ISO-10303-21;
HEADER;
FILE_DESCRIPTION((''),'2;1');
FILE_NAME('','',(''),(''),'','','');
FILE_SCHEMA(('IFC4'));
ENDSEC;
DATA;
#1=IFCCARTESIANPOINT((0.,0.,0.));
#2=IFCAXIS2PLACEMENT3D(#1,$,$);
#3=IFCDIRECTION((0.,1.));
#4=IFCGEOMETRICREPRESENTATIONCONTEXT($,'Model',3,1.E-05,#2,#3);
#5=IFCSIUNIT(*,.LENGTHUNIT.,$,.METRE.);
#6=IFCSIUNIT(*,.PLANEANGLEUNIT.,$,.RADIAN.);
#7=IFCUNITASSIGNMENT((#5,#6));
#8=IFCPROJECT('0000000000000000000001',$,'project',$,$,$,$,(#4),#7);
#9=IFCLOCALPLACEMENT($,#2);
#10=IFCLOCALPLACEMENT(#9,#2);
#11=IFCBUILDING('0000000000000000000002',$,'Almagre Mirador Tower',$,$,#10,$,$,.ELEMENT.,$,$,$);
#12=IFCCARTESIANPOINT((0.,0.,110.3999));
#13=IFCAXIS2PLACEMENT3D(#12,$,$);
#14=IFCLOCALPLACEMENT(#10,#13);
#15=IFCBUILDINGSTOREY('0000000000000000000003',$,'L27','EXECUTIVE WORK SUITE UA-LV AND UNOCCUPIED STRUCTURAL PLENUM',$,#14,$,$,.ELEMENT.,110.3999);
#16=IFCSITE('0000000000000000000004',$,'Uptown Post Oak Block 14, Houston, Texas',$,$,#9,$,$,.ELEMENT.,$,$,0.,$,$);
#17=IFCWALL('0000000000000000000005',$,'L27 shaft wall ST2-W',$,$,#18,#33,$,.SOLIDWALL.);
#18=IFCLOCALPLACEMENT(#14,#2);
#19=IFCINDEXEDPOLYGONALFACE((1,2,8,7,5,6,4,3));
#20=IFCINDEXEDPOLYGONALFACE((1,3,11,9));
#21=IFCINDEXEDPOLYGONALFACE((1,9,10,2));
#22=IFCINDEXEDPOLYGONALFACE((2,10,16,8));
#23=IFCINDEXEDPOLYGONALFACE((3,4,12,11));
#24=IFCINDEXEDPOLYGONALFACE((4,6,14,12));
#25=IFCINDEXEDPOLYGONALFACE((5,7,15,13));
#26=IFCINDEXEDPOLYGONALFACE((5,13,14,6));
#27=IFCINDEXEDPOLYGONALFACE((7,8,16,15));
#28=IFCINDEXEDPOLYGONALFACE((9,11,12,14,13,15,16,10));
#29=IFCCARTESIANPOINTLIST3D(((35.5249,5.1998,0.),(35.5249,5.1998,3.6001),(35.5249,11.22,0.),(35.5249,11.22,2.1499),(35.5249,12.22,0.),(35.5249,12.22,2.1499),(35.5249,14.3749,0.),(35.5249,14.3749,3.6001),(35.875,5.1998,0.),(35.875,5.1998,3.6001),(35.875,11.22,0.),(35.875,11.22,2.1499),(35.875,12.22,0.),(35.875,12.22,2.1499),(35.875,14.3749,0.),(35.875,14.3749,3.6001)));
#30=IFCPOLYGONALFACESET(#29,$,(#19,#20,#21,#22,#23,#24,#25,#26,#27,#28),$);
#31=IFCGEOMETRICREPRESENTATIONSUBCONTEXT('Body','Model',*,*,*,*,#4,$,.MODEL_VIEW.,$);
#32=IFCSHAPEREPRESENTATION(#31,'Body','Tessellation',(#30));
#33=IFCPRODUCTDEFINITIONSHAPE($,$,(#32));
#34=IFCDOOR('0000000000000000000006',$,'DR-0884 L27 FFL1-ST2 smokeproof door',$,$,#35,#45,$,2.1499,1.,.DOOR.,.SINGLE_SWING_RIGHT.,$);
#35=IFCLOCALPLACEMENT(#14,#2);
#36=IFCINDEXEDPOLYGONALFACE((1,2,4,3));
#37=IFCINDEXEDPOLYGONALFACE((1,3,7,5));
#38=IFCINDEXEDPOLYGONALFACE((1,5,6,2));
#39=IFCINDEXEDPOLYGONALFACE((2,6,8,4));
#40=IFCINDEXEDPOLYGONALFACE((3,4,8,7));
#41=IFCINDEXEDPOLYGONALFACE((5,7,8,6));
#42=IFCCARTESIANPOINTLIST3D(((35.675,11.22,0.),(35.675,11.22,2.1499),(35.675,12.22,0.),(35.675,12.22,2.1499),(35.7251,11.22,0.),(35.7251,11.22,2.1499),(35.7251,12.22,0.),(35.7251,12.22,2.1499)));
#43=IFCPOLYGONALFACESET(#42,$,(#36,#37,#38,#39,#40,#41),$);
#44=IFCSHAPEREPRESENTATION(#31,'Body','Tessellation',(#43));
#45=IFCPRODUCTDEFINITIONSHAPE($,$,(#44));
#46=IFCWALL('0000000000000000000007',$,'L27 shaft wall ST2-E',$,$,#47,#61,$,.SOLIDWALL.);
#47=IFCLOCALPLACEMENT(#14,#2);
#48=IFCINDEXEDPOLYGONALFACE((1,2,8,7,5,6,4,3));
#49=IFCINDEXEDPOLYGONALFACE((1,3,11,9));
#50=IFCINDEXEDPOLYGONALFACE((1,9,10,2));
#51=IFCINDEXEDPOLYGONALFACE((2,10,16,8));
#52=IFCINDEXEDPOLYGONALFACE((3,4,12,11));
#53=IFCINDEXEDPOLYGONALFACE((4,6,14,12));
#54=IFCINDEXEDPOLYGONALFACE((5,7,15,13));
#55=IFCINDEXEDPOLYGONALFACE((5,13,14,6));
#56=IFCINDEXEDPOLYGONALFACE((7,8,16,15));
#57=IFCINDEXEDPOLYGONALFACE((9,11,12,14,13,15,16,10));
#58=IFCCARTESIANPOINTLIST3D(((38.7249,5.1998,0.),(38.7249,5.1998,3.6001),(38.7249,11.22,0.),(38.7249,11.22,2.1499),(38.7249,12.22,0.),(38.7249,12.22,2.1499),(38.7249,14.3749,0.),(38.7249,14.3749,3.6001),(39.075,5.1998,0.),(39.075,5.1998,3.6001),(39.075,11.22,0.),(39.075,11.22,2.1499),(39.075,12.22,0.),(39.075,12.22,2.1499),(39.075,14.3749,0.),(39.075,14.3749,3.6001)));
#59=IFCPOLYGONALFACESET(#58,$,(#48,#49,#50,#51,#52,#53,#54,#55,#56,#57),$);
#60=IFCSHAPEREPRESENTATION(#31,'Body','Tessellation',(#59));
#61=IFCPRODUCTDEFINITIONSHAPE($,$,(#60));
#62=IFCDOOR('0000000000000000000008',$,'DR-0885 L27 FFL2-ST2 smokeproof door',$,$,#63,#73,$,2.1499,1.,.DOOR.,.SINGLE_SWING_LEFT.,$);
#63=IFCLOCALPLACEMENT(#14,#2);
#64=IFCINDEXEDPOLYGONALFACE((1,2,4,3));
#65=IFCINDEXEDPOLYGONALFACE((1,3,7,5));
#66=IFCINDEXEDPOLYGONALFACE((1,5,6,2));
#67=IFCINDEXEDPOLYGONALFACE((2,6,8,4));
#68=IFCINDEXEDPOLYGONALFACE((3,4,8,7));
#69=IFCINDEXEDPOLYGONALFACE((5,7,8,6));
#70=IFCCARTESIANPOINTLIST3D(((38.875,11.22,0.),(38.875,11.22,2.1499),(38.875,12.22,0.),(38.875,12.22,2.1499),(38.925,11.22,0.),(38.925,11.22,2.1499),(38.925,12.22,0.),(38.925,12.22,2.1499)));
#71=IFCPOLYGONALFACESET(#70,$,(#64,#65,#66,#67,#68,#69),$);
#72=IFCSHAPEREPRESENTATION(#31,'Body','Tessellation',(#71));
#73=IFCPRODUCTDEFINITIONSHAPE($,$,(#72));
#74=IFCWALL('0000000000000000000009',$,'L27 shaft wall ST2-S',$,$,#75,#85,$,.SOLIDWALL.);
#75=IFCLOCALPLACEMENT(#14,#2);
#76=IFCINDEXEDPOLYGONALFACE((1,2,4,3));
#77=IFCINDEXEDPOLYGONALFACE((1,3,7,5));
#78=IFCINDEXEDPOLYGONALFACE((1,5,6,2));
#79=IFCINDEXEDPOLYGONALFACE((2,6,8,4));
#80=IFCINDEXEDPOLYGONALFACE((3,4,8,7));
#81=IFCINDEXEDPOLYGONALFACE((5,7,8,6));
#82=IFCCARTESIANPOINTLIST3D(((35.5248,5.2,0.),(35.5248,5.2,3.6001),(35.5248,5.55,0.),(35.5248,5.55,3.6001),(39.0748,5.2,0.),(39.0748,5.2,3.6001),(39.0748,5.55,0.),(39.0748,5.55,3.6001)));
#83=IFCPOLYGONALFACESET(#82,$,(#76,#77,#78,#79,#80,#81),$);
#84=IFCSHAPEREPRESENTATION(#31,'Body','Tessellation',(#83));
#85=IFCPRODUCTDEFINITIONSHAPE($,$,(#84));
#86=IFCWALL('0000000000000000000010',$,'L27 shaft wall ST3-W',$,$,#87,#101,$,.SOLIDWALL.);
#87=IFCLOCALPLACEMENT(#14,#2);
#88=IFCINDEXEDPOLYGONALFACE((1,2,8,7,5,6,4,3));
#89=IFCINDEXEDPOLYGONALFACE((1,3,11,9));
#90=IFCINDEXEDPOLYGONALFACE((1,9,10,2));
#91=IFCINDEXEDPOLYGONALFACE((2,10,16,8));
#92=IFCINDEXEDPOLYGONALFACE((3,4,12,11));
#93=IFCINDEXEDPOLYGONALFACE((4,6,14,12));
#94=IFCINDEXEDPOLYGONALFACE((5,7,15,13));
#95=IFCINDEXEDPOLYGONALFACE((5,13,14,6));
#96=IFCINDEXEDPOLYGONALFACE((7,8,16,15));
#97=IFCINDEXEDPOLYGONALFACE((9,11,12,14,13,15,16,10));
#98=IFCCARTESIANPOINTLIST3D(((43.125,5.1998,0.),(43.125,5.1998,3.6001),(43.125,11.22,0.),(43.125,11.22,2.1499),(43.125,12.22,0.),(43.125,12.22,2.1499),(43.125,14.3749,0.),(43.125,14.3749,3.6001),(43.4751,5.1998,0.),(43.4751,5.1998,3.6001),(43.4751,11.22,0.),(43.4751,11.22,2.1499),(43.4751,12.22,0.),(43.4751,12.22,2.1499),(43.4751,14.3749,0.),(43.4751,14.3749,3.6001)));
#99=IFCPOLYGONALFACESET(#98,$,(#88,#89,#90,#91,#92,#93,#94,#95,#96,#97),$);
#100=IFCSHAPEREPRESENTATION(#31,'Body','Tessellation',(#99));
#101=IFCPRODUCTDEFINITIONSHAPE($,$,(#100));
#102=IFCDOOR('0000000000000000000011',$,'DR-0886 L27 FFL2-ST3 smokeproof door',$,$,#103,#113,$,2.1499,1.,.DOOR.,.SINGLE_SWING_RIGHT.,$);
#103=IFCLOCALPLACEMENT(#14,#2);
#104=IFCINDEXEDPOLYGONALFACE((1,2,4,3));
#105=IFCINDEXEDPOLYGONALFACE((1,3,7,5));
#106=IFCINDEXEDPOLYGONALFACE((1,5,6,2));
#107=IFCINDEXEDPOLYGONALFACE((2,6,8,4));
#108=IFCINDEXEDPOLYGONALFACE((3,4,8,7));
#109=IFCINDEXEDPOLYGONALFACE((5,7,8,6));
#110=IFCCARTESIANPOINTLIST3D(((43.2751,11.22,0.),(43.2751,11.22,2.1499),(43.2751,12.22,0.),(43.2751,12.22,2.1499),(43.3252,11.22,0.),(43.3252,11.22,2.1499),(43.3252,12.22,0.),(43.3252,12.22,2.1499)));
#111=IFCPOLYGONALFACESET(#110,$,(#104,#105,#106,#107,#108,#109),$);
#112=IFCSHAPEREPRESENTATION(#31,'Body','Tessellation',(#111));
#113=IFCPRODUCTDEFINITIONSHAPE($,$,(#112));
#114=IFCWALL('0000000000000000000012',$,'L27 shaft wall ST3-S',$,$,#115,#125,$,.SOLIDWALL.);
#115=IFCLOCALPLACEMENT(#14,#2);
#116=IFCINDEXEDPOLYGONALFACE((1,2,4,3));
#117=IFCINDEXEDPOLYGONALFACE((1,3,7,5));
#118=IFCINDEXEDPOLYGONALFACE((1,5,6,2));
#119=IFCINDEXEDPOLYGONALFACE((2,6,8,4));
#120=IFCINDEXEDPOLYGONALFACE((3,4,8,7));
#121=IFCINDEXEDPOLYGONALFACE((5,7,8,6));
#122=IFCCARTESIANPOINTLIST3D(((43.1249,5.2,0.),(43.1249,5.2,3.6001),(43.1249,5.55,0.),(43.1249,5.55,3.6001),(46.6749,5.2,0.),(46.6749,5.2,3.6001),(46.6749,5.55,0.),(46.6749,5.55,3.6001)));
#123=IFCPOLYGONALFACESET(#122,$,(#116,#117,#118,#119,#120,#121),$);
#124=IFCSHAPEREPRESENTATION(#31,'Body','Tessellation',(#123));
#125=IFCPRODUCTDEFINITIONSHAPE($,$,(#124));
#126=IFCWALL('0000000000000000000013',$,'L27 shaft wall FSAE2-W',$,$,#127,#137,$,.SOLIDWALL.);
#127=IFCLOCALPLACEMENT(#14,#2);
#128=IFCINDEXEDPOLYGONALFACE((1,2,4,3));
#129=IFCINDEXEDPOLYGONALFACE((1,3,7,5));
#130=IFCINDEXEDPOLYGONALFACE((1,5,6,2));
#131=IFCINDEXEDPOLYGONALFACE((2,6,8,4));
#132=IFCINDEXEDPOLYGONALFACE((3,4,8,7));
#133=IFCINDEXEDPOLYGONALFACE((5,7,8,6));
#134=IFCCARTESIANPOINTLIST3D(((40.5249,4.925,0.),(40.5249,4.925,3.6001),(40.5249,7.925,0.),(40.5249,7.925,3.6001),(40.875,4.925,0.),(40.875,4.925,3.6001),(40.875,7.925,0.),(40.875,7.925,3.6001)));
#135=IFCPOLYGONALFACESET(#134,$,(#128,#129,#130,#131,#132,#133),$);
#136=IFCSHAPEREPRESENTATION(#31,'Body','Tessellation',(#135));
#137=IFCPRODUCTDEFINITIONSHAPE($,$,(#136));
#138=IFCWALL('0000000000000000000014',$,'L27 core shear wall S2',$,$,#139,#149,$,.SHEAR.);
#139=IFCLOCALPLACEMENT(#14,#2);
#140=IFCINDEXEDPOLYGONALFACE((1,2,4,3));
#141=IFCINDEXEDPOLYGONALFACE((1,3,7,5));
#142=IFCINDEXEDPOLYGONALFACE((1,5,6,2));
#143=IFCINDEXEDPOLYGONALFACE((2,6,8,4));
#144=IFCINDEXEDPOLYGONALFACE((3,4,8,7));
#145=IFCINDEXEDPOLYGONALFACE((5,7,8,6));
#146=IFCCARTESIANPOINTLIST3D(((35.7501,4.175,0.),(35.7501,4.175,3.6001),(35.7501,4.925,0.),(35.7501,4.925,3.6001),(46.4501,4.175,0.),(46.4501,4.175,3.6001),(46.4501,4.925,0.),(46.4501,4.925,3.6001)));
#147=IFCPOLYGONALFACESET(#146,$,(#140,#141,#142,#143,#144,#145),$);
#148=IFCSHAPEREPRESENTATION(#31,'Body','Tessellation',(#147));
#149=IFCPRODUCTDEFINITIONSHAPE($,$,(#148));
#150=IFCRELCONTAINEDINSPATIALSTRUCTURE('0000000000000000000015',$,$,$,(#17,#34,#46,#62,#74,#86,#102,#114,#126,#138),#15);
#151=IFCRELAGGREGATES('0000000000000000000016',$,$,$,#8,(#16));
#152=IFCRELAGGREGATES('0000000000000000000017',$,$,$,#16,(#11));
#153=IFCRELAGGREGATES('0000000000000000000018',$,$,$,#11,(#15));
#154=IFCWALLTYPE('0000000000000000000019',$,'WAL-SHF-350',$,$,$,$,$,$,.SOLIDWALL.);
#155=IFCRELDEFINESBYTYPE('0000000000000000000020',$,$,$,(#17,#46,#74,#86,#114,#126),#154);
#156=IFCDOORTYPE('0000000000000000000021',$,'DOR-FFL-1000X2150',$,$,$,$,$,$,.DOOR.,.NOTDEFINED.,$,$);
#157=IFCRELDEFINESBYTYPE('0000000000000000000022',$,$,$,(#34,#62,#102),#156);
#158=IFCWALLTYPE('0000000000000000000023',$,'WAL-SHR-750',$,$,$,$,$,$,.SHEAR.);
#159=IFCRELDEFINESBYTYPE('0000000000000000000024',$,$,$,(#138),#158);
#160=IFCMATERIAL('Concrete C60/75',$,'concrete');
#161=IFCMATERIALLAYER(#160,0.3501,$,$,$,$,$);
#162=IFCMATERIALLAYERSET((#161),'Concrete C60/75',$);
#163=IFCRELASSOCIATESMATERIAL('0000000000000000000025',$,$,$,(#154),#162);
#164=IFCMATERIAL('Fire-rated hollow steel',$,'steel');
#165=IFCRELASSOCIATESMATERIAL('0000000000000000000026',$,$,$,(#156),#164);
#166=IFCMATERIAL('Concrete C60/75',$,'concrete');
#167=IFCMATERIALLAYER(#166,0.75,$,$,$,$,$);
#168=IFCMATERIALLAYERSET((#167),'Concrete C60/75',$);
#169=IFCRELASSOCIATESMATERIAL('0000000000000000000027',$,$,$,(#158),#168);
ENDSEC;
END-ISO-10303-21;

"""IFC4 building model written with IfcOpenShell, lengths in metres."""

from ifc_helpers import new_model, si_unit, direction, frame, frame_2d, origin, place, context, subcontext, project, spatial, rectangle, extrude, material, layer, layer_set, type_object, element, fill, save


model = new_model("IFC4")

# Units and contexts
model_context = context("Model", 3, precision=1e-05, world=origin(), true_north=direction((0.0, 1.0)))
body_context = subcontext(model_context, "Body", "Model", "MODEL_VIEW")
ifc_project = project(units=[si_unit("LENGTHUNIT", "METRE"), si_unit("PLANEANGLEUNIT", "RADIAN")], contexts=[model_context])

# Site, building, storey
site_placement = place(None, origin())
site = spatial("IfcSite", under=ifc_project, at=site_placement, Name="Uptown Post Oak Block 14, Houston, Texas", CompositionType="ELEMENT", RefElevation=0.0)
building_placement = place(site_placement, origin())
building = spatial("IfcBuilding", under=site, at=building_placement, Name="Almagre Mirador Tower", CompositionType="ELEMENT")
storey_placement = place(building_placement, frame((0.0, 0.0, 110.3999)))
storey = spatial("IfcBuildingStorey", under=building, at=storey_placement, Name="L27", Description="EXECUTIVE WORK SUITE UA-LV AND UNOCCUPIED STRUCTURAL PLENUM", CompositionType="ELEMENT", Elevation=110.3999)

# Walls, openings, doors
ifc_material_1 = material(Name="Concrete C60/75", Category="concrete")
ifc_layer_1 = layer(ifc_material_1, 0.3501)
ifc_layer_set_1 = layer_set([ifc_layer_1], Name="Concrete C60/75")
wall_type_1 = type_object("IfcWallType", Name="WAL-SHF-350", PredefinedType="SOLIDWALL", material=ifc_layer_set_1)
wall_1_placement = place(storey_placement, frame((35.7, 5.2, 0.0), z_axis=(0.0, 0.0, 1.0), x_axis=(0.0, 1.0, 0.0)))
wall_1 = element("IfcWall", 1, at=wall_1_placement, inside=storey, type_object=wall_type_1, Name="L27 shaft wall ST2-W", PredefinedType="SOLIDWALL", context=body_context, shape_type="SweptSolid", body=[
    extrude(rectangle(XDim=9.175, YDim=0.3501, at=frame_2d((4.5874, 0.0))), origin(), (0.0, 0.0, 1.0), 3.6001),
])
opening_1_placement = place(wall_1_placement, frame((6.02, 0.0, 0.0)))
opening_1 = element("IfcOpeningElement", 2, at=opening_1_placement, cuts=wall_1, PredefinedType="OPENING", context=body_context, shape_type="SweptSolid", body=[
    extrude(rectangle(XDim=1.0, YDim=2.1499, at=frame_2d((0.5, 1.075))), frame((0.0, 0.185, 0.0), z_axis=(0.0, -1.0, 0.0), x_axis=(1.0, 0.0, 0.0)), (0.0, 0.0, 1.0), 0.3701),
])
ifc_material_2 = material(Name="Fire-rated hollow steel", Category="steel")
door_type = type_object("IfcDoorType", Name="DOR-FFL-1000X2150", OperationType="NOTDEFINED", PredefinedType="DOOR", material=ifc_material_2)
door_1_placement = place(opening_1_placement, origin())
door_1 = element("IfcDoor", 3, at=door_1_placement, inside=storey, type_object=door_type, Name="DR-0884 L27 FFL1-ST2 smokeproof door", OperationType="SINGLE_SWING_RIGHT", OverallHeight=2.1499, OverallWidth=1.0, PredefinedType="DOOR", context=body_context, shape_type="SweptSolid", body=[
    extrude(rectangle(XDim=1.0, YDim=2.1499, at=frame_2d((0.5, 1.075))), frame((0.0, 0.0249, 0.0), z_axis=(0.0, -1.0, 0.0), x_axis=(1.0, 0.0, 0.0)), (0.0, 0.0, 1.0), 0.05),
])
fill(opening_1, door_1)
wall_2_placement = place(storey_placement, frame((38.8999, 5.2, 0.0), z_axis=(0.0, 0.0, 1.0), x_axis=(0.0, 1.0, 0.0)))
wall_2 = element("IfcWall", 4, at=wall_2_placement, inside=storey, type_object=wall_type_1, Name="L27 shaft wall ST2-E", PredefinedType="SOLIDWALL", context=body_context, shape_type="SweptSolid", body=[
    extrude(rectangle(XDim=9.175, YDim=0.3501, at=frame_2d((4.5874, 0.0))), origin(), (0.0, 0.0, 1.0), 3.6001),
])
opening_2_placement = place(wall_2_placement, frame((6.02, 0.0, 0.0)))
opening_2 = element("IfcOpeningElement", 5, at=opening_2_placement, cuts=wall_2, PredefinedType="OPENING", context=body_context, shape_type="SweptSolid", body=[
    extrude(rectangle(XDim=1.0, YDim=2.1499, at=frame_2d((0.5, 1.075))), frame((0.0, 0.185, 0.0), z_axis=(0.0, -1.0, 0.0), x_axis=(1.0, 0.0, 0.0)), (0.0, 0.0, 1.0), 0.3701),
])
door_2_placement = place(opening_2_placement, origin())
door_2 = element("IfcDoor", 6, at=door_2_placement, inside=storey, type_object=door_type, Name="DR-0885 L27 FFL2-ST2 smokeproof door", OperationType="SINGLE_SWING_LEFT", OverallHeight=2.1499, OverallWidth=1.0, PredefinedType="DOOR", context=body_context, shape_type="SweptSolid", body=[
    extrude(rectangle(XDim=1.0, YDim=2.1499, at=frame_2d((0.5, 1.075))), frame((0.0, 0.0249, 0.0), z_axis=(0.0, -1.0, 0.0), x_axis=(1.0, 0.0, 0.0)), (0.0, 0.0, 1.0), 0.05),
])
fill(opening_2, door_2)

# Wall
wall_3_placement = place(storey_placement, frame((35.5249, 5.375, 0.0), z_axis=(0.0, 0.0, 1.0), x_axis=(1.0, 0.0, 0.0)))
element("IfcWall", 7, at=wall_3_placement, inside=storey, type_object=wall_type_1, Name="L27 shaft wall ST2-S", PredefinedType="SOLIDWALL", context=body_context, shape_type="SweptSolid", body=[
    extrude(rectangle(XDim=3.55, YDim=0.3501, at=frame_2d((1.7749, 0.0))), origin(), (0.0, 0.0, 1.0), 3.6001),
])

# Wall, opening, door
wall_4_placement = place(storey_placement, frame((43.3, 5.2, 0.0), z_axis=(0.0, 0.0, 1.0), x_axis=(0.0, 1.0, 0.0)))
wall_4 = element("IfcWall", 8, at=wall_4_placement, inside=storey, type_object=wall_type_1, Name="L27 shaft wall ST3-W", PredefinedType="SOLIDWALL", context=body_context, shape_type="SweptSolid", body=[
    extrude(rectangle(XDim=9.175, YDim=0.3501, at=frame_2d((4.5874, 0.0))), origin(), (0.0, 0.0, 1.0), 3.6001),
])
opening_3_placement = place(wall_4_placement, frame((6.02, 0.0, 0.0)))
opening_3 = element("IfcOpeningElement", 9, at=opening_3_placement, cuts=wall_4, PredefinedType="OPENING", context=body_context, shape_type="SweptSolid", body=[
    extrude(rectangle(XDim=1.0, YDim=2.1499, at=frame_2d((0.5, 1.075))), frame((0.0, 0.185, 0.0), z_axis=(0.0, -1.0, 0.0), x_axis=(1.0, 0.0, 0.0)), (0.0, 0.0, 1.0), 0.3701),
])
door_3_placement = place(opening_3_placement, origin())
door_3 = element("IfcDoor", 10, at=door_3_placement, inside=storey, type_object=door_type, Name="DR-0886 L27 FFL2-ST3 smokeproof door", OperationType="SINGLE_SWING_RIGHT", OverallHeight=2.1499, OverallWidth=1.0, PredefinedType="DOOR", context=body_context, shape_type="SweptSolid", body=[
    extrude(rectangle(XDim=1.0, YDim=2.1499, at=frame_2d((0.5, 1.075))), frame((0.0, 0.0249, 0.0), z_axis=(0.0, -1.0, 0.0), x_axis=(1.0, 0.0, 0.0)), (0.0, 0.0, 1.0), 0.05),
])
fill(opening_3, door_3)

# Walls
wall_5_placement = place(storey_placement, frame((43.125, 5.375, 0.0), z_axis=(0.0, 0.0, 1.0), x_axis=(1.0, 0.0, 0.0)))
element("IfcWall", 11, at=wall_5_placement, inside=storey, type_object=wall_type_1, Name="L27 shaft wall ST3-S", PredefinedType="SOLIDWALL", context=body_context, shape_type="SweptSolid", body=[
    extrude(rectangle(XDim=3.55, YDim=0.3501, at=frame_2d((1.7749, 0.0))), origin(), (0.0, 0.0, 1.0), 3.6001),
])
wall_6_placement = place(storey_placement, frame((40.7, 4.925, 0.0), z_axis=(0.0, 0.0, 1.0), x_axis=(0.0, 1.0, 0.0)))
element("IfcWall", 12, at=wall_6_placement, inside=storey, type_object=wall_type_1, Name="L27 shaft wall FSAE2-W", PredefinedType="SOLIDWALL", context=body_context, shape_type="SweptSolid", body=[
    extrude(rectangle(XDim=3.0, YDim=0.3501, at=frame_2d((1.5, 0.0))), origin(), (0.0, 0.0, 1.0), 3.6001),
])
ifc_material_3 = material(Name="Concrete C60/75", Category="concrete")
ifc_layer_2 = layer(ifc_material_3, 0.75)
ifc_layer_set_2 = layer_set([ifc_layer_2], Name="Concrete C60/75")
wall_type_2 = type_object("IfcWallType", Name="WAL-SHR-750", PredefinedType="SHEAR", material=ifc_layer_set_2)
wall_7_placement = place(storey_placement, frame((35.75, 4.55, 0.0), z_axis=(0.0, 0.0, 1.0), x_axis=(1.0, 0.0, 0.0)))
element("IfcWall", 13, at=wall_7_placement, inside=storey, type_object=wall_type_2, Name="L27 core shear wall S2", PredefinedType="SHEAR", context=body_context, shape_type="SweptSolid", body=[
    extrude(rectangle(XDim=10.7, YDim=0.75, at=frame_2d((5.3501, 0.0))), origin(), (0.0, 0.0, 1.0), 3.6001),
])

save(model, "model.ifc")
